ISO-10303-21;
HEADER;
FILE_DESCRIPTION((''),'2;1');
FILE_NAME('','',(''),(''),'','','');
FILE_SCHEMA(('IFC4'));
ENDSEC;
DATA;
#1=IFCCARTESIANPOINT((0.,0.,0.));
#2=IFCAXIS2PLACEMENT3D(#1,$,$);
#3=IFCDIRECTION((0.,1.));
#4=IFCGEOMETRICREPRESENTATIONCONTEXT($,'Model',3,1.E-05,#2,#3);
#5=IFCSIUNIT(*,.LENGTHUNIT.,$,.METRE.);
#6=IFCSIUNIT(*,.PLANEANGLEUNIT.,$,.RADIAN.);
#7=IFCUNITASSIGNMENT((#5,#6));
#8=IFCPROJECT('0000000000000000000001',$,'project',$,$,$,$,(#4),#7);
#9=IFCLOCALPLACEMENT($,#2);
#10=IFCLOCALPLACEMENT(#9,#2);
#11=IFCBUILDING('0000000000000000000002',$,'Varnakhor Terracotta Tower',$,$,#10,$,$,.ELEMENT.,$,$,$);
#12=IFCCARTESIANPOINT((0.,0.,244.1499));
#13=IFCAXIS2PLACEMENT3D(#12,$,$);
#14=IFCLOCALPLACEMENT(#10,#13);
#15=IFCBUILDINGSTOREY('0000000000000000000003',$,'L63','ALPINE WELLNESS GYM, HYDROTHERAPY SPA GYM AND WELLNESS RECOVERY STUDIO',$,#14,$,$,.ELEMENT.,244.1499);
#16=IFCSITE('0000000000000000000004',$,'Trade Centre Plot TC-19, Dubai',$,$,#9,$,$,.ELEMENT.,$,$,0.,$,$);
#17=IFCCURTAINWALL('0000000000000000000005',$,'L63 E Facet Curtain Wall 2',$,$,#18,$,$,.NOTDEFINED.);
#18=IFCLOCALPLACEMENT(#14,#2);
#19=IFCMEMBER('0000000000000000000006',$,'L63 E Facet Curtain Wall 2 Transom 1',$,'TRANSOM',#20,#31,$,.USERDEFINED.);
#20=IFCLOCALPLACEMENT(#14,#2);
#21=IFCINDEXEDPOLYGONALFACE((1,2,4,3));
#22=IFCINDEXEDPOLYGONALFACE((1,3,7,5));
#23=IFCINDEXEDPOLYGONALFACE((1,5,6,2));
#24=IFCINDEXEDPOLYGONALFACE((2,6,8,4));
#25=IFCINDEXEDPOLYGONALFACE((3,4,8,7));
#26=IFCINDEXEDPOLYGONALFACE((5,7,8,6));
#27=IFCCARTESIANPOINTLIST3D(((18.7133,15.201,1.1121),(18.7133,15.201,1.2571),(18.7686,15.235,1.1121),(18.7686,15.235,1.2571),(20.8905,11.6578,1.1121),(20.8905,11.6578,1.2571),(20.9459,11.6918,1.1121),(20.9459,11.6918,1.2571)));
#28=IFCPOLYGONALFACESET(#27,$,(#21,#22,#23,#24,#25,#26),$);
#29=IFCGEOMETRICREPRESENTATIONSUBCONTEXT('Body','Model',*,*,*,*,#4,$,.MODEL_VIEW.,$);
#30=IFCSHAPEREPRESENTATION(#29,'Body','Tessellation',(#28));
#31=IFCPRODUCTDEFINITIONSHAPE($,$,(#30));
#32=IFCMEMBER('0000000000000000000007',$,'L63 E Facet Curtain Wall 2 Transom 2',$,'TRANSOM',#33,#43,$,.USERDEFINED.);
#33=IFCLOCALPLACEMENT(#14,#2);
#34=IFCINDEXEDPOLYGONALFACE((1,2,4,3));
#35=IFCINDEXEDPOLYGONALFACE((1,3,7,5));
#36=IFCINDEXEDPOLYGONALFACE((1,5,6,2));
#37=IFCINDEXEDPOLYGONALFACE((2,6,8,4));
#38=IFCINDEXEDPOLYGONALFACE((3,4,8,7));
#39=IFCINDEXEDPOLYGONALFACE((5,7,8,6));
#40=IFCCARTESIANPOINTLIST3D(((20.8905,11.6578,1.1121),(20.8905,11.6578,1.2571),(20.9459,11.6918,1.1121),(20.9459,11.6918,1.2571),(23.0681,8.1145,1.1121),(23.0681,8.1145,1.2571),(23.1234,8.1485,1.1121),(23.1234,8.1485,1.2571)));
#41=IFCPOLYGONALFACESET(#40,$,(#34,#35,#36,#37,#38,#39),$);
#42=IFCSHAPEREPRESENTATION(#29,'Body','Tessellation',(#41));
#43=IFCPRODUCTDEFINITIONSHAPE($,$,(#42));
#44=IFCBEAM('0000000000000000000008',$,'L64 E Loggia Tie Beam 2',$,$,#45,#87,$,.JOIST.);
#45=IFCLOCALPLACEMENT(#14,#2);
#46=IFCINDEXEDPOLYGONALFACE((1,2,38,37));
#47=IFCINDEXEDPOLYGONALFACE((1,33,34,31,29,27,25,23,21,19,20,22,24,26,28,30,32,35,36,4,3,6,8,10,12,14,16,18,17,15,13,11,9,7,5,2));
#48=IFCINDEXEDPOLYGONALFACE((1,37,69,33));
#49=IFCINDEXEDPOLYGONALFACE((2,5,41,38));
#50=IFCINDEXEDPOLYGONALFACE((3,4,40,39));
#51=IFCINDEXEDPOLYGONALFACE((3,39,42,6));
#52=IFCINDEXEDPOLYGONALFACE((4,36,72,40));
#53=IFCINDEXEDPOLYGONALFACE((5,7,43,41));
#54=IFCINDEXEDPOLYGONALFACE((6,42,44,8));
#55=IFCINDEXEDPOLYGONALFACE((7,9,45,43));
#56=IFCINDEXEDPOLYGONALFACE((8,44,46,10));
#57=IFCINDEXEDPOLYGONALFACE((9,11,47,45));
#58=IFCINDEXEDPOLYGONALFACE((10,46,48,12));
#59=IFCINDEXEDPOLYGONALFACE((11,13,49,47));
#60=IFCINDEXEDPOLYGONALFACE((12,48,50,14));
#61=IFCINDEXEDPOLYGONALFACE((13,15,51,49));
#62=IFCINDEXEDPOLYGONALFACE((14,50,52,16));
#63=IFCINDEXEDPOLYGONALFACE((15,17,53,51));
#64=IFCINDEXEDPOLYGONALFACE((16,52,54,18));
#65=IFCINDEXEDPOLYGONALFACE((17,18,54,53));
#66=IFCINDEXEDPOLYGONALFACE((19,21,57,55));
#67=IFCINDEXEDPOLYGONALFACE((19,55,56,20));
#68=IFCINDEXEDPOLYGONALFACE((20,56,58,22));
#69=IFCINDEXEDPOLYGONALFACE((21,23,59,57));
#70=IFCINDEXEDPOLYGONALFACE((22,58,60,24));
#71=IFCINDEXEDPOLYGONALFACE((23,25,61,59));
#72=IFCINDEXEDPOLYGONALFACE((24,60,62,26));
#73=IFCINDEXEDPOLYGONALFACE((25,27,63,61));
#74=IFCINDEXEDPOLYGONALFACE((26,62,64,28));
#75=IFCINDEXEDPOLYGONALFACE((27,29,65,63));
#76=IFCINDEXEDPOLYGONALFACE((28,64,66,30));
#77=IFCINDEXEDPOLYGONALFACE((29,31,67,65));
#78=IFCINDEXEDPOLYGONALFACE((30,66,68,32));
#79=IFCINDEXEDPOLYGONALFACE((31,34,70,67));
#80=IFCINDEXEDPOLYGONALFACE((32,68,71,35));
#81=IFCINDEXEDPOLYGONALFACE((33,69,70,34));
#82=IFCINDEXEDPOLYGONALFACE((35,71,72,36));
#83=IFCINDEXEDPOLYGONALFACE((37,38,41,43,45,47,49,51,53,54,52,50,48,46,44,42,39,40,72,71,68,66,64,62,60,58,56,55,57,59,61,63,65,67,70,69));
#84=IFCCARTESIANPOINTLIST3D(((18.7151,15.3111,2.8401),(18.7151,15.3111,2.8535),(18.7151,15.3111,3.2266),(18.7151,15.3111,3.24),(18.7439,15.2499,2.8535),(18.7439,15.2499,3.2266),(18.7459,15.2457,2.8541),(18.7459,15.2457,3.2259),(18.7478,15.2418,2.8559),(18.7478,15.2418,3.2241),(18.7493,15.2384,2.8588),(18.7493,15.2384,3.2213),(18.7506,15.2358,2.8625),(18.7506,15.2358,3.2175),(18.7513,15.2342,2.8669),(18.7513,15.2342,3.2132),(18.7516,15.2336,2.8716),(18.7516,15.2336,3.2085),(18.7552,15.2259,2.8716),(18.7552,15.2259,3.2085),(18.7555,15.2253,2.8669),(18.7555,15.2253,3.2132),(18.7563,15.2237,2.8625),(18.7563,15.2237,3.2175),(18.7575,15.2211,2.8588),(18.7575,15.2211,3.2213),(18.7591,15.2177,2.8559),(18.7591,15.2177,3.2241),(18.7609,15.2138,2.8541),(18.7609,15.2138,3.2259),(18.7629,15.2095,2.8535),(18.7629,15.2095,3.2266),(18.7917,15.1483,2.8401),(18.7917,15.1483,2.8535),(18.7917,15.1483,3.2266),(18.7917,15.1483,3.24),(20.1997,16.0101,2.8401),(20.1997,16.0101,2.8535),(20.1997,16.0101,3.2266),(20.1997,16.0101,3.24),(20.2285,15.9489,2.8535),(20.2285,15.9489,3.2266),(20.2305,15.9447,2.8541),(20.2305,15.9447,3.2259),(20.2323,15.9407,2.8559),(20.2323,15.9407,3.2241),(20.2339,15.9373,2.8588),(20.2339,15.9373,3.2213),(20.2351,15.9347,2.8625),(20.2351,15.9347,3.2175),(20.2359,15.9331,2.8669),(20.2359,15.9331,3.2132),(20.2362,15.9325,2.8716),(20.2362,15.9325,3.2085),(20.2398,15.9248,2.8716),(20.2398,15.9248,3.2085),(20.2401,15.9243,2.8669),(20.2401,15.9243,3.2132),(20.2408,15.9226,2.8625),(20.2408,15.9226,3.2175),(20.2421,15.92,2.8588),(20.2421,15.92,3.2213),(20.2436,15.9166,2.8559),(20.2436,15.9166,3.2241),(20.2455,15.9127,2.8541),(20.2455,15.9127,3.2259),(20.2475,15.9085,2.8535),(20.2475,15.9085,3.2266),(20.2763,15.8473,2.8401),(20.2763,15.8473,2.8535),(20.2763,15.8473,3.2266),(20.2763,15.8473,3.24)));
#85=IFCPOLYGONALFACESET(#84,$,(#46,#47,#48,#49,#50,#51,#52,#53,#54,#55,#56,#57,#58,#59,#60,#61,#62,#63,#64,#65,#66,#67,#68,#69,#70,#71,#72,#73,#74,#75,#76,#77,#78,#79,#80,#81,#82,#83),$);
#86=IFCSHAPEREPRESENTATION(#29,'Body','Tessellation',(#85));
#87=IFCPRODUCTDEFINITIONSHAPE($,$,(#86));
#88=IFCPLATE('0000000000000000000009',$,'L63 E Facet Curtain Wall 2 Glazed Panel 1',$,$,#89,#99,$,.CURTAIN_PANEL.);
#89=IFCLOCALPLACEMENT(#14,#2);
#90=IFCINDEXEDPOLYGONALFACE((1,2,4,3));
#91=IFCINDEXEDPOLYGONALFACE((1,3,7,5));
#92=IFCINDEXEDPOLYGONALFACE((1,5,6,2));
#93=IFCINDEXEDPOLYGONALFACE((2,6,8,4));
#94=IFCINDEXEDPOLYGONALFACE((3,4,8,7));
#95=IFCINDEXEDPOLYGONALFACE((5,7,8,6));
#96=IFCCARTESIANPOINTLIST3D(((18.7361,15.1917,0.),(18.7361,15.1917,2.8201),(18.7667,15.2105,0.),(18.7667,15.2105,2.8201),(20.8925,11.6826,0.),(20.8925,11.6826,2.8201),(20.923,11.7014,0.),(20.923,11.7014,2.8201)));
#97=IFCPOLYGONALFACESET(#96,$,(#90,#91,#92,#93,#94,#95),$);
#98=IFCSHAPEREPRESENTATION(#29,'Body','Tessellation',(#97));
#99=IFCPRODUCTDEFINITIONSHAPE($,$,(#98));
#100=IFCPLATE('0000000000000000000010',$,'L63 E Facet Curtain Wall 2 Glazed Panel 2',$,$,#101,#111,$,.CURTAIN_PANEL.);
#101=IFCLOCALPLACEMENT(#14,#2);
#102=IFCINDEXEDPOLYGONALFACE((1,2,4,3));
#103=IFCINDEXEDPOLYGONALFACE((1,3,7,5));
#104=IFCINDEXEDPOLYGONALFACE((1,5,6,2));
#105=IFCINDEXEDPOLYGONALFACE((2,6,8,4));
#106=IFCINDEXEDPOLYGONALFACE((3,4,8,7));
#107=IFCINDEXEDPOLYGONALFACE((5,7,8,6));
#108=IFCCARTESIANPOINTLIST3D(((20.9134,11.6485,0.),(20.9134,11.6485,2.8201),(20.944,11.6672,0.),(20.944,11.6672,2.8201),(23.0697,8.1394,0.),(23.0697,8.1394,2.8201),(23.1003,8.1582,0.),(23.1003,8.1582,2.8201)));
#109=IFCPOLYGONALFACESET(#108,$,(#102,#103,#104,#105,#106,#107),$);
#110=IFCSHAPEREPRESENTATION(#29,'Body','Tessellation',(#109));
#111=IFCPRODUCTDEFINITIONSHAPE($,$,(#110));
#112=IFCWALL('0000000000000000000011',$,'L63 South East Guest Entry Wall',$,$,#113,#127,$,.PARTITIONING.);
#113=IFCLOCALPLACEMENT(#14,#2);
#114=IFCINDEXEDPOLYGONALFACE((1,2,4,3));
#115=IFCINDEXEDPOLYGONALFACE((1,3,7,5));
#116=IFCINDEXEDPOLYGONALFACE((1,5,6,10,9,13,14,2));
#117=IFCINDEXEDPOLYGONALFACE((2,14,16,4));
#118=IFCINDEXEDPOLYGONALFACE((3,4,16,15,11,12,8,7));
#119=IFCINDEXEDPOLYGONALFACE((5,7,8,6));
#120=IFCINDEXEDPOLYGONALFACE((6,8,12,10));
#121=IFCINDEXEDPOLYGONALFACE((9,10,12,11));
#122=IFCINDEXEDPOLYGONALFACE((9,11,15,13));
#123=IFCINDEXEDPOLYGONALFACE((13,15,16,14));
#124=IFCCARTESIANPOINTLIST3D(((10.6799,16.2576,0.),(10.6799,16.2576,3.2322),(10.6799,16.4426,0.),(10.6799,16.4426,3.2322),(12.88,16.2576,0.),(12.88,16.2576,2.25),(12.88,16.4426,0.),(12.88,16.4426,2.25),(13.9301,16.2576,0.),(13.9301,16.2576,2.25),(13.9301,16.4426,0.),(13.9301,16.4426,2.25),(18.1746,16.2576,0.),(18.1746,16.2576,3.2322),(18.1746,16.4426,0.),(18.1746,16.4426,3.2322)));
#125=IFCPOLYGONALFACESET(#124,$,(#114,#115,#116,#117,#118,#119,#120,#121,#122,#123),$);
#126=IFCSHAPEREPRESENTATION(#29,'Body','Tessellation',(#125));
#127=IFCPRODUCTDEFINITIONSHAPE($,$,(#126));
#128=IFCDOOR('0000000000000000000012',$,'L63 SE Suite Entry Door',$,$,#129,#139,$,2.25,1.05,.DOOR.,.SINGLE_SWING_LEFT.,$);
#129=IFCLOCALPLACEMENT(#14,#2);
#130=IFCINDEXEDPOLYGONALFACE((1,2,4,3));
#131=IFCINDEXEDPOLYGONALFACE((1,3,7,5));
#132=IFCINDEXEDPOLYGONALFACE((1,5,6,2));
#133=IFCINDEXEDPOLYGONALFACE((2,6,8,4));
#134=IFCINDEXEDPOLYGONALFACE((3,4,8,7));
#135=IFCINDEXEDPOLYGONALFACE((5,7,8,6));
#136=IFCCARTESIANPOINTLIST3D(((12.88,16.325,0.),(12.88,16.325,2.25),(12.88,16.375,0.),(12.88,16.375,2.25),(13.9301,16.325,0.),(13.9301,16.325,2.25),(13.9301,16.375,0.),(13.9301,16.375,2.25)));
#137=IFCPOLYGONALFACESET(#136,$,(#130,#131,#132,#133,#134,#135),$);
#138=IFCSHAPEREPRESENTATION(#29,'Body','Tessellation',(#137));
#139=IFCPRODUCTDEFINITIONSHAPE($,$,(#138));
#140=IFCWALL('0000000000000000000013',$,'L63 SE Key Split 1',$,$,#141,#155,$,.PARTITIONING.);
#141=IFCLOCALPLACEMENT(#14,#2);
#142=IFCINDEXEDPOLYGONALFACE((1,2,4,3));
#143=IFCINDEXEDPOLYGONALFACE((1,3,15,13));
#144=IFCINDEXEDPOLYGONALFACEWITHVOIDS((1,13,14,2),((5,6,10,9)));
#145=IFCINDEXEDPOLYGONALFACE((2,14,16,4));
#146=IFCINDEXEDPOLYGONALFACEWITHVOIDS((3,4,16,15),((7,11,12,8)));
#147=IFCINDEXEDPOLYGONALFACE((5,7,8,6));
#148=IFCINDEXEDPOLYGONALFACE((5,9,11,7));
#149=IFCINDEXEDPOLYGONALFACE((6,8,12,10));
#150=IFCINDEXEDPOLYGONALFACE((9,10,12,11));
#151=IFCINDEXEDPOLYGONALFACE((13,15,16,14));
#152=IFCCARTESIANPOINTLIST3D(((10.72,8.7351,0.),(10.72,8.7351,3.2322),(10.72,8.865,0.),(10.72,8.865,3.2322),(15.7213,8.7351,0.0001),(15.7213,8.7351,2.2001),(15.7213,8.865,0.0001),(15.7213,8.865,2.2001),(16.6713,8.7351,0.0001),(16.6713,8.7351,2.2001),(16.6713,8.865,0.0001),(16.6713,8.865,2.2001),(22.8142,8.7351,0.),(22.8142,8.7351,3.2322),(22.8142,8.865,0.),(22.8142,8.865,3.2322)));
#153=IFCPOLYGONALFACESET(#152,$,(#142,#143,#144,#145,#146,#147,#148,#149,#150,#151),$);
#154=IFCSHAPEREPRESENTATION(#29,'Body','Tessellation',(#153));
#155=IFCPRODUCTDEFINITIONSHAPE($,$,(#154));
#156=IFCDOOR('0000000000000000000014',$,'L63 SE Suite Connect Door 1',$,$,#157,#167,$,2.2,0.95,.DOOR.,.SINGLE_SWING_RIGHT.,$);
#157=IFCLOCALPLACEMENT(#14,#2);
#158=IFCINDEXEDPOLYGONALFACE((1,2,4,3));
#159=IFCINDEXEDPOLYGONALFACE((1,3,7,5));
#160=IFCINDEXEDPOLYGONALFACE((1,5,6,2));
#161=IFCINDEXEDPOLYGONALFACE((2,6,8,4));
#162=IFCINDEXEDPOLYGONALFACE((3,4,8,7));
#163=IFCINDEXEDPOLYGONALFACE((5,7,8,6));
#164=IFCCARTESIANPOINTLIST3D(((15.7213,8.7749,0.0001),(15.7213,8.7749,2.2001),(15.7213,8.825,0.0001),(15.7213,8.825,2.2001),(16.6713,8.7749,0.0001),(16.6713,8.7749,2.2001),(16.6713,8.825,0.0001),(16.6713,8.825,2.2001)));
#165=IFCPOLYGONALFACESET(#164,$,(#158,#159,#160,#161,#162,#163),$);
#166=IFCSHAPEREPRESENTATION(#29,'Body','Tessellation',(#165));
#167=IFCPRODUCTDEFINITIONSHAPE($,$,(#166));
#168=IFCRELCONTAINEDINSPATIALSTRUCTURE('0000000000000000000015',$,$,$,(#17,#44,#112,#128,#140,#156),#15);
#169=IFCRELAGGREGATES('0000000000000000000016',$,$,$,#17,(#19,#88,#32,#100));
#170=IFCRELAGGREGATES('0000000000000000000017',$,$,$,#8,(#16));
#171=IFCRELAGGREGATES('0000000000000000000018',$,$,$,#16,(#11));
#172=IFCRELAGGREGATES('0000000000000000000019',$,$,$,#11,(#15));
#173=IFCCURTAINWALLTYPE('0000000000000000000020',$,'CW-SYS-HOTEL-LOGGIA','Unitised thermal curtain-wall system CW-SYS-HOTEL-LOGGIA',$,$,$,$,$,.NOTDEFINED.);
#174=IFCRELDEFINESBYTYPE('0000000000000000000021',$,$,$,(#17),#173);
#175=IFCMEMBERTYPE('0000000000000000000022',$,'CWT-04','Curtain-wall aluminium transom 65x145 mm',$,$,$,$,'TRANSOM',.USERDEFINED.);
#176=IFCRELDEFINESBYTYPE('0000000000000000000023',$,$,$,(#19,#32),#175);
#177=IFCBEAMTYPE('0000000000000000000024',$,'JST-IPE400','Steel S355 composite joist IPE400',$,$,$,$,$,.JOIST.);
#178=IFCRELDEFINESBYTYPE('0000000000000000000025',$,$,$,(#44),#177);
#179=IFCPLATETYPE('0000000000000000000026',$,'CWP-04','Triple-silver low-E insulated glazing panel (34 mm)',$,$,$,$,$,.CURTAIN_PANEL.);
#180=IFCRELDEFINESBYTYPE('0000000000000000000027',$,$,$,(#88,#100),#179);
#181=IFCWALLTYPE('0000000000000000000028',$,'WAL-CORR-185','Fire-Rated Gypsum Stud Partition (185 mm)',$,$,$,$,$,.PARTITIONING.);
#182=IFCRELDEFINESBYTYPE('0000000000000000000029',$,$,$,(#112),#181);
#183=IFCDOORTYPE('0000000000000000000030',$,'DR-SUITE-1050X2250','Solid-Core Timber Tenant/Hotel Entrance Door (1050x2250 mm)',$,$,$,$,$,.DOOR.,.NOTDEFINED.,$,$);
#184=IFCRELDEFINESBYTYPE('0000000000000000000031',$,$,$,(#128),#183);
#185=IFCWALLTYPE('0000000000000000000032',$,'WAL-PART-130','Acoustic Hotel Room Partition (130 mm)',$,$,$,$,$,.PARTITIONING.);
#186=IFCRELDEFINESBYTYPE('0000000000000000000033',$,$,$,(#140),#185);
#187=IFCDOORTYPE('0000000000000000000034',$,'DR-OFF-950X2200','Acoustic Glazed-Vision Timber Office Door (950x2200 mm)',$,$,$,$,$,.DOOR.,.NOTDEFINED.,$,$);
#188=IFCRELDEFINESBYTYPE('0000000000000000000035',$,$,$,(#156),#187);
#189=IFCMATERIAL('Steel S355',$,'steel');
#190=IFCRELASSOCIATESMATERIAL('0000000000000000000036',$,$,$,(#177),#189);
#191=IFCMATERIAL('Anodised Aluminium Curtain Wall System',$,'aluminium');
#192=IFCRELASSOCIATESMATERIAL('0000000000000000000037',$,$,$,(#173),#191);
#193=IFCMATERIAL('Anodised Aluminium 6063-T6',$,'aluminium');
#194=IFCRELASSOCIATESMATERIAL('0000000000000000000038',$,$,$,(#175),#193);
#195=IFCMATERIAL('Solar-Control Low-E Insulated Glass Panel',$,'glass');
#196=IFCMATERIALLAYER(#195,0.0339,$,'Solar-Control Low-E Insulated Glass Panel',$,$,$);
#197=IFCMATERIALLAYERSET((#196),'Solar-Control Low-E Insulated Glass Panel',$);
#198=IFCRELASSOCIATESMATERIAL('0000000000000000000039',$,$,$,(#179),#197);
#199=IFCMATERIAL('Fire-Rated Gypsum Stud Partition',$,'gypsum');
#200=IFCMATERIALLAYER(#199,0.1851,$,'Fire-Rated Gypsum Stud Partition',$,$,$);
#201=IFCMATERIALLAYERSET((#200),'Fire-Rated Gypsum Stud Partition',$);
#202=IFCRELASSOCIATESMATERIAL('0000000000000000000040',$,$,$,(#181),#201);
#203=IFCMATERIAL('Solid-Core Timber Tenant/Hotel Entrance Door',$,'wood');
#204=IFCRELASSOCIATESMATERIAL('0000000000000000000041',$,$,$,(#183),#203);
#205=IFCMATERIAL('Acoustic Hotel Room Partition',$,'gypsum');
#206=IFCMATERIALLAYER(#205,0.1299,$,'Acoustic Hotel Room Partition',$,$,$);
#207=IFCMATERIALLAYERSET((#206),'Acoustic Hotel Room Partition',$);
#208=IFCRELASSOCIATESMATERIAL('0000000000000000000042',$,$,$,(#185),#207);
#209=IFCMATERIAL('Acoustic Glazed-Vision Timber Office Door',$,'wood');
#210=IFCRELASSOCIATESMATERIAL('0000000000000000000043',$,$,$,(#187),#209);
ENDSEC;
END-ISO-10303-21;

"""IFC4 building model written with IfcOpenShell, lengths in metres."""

from ifc_helpers import new_model, si_unit, direction, frame, frame_2d, origin, origin_2d, place, context, subcontext, project, spatial, rectangle, i_section, extrude, source, transform, mapped, material, layer, layer_set, material_profile, profile_set, type_object, type_shapes, element, fill, aggregate, save


model = new_model("IFC4")

# Units and contexts
model_context = context("Model", 3, precision=1e-05, world=origin(), true_north=direction((0.0, 1.0)))
body_context = subcontext(model_context, "Body", "Model", "MODEL_VIEW")
ifc_project = project(units=[si_unit("LENGTHUNIT", "METRE"), si_unit("PLANEANGLEUNIT", "RADIAN")], contexts=[model_context])

# Site, building, storey
site_placement = place(None, origin())
site = spatial("IfcSite", under=ifc_project, at=site_placement, Name="Trade Centre Plot TC-19, Dubai", CompositionType="ELEMENT", RefElevation=0.0)
building_placement = place(site_placement, origin())
building = spatial("IfcBuilding", under=site, at=building_placement, Name="Varnakhor Terracotta Tower", CompositionType="ELEMENT")
storey_placement = place(building_placement, frame((0.0, 0.0, 244.1499)))
storey = spatial("IfcBuildingStorey", under=building, at=storey_placement, Name="L63", Description="ALPINE WELLNESS GYM, HYDROTHERAPY SPA GYM AND WELLNESS RECOVERY STUDIO", CompositionType="ELEMENT", Elevation=244.1499)

# Shared definitions
ifc_material_1 = material(Name="Steel S355", Category="steel")
ifc_material_profile_1 = material_profile(ifc_material_1, i_section(OverallWidth=0.1799, OverallDepth=0.3999, WebThickness=0.0085, FlangeThickness=0.0134, FilletRadius=0.0181, at=origin_2d()), Name="IPE400")
ifc_profile_set_1 = profile_set([ifc_material_profile_1], Name="Steel S355")
beam_type_1 = type_object("IfcBeamType", Name="JST-IPE400", Description="Steel S355 composite joist IPE400", PredefinedType="JOIST", material=ifc_profile_set_1)

# Curtain wall, members
ifc_material_2 = material(Name="Anodised Aluminium Curtain Wall System", Category="aluminium")
curtain_wall_type = type_object("IfcCurtainWallType", Name="CW-SYS-HOTEL-LOGGIA", Description="Unitised thermal curtain-wall system CW-SYS-HOTEL-LOGGIA", PredefinedType="NOTDEFINED", material=ifc_material_2)
curtain_wall_placement = place(storey_placement, origin())
curtain_wall = element("IfcCurtainWall", 1, at=curtain_wall_placement, inside=storey, type_object=curtain_wall_type, Name="L63 E Facet Curtain Wall 2", PredefinedType="NOTDEFINED")
ifc_material_3 = material(Name="Anodised Aluminium 6063-T6", Category="aluminium")
ifc_material_profile_2 = material_profile(ifc_material_3, rectangle(XDim=0.0649, YDim=0.145, at=origin_2d()), Name="ALU TRANSOM 65x145")
ifc_profile_set_2 = profile_set([ifc_material_profile_2], Name="Anodised Aluminium 6063-T6")
member_type_1 = type_object("IfcMemberType", Name="CWT-04", Description="Curtain-wall aluminium transom 65x145 mm", ElementType="TRANSOM", PredefinedType="USERDEFINED", material=ifc_profile_set_2)
shared_shape_1 = source(origin(), body_context, "Body", "SweptSolid", [
    extrude(rectangle(XDim=0.0649, YDim=0.145, at=origin_2d()), origin(), (0.0, 0.0, 1.0), 4.1587),
])
member_1_placement = place(storey_placement, frame((18.741, 15.218, 1.1846), z_axis=(0.52354, -0.852001, 0.0), x_axis=(0.852001, 0.52354, 0.0)))
member_1 = element("IfcMember", 2, at=member_1_placement, type_object=member_type_1, Name="L63 E Facet Curtain Wall 2 Transom 1", ObjectType="TRANSOM", PredefinedType="USERDEFINED", context=body_context, shape_type="MappedRepresentation", body=[
    mapped(shared_shape_1, transform((0.0, 0.0, 0.0), scale=1.0)),
])
shared_shape_2 = source(origin(), body_context, "Body", "SweptSolid", [
    extrude(rectangle(XDim=0.0649, YDim=0.145, at=origin_2d()), origin(), (0.0, 0.0, 1.0), 4.1589),
])
member_2_placement = place(storey_placement, frame((20.9182, 11.6748, 1.1846), z_axis=(0.523583, -0.851975, 0.0), x_axis=(0.851975, 0.523583, 0.0)))
member_2 = element("IfcMember", 3, at=member_2_placement, type_object=member_type_1, Name="L63 E Facet Curtain Wall 2 Transom 2", ObjectType="TRANSOM", PredefinedType="USERDEFINED", context=body_context, shape_type="MappedRepresentation", body=[
    mapped(shared_shape_2, transform((0.0, 0.0, 0.0), scale=1.0)),
])

# Beam
shared_shape_3 = source(origin(), body_context, "Body", "SweptSolid", [
    extrude(i_section(OverallWidth=0.1799, OverallDepth=0.3999, WebThickness=0.0085, FlangeThickness=0.0134, FilletRadius=0.0181, at=origin_2d()), origin(), (0.0, 0.0, 1.0), 1.6409),
])
beam_1_placement = place(storey_placement, frame((18.7534, 15.2297, 3.04), z_axis=(0.904741, 0.425962, 0.0), x_axis=(-0.425962, 0.904741, 0.0)))
element("IfcBeam", 4, at=beam_1_placement, inside=storey, type_object=beam_type_1, Name="L64 E Loggia Tie Beam 2", PredefinedType="JOIST", context=body_context, shape_type="MappedRepresentation", body=[
    mapped(shared_shape_3, transform((0.0, 0.0, 0.0), scale=1.0)),
])

# Plates
ifc_material_4 = material(Name="Solar-Control Low-E Insulated Glass Panel", Category="glass")
ifc_layer_1 = layer(ifc_material_4, 0.0339, Name="Solar-Control Low-E Insulated Glass Panel")
ifc_layer_set_1 = layer_set([ifc_layer_1], Name="Solar-Control Low-E Insulated Glass Panel")
plate_type = type_object("IfcPlateType", Name="CWP-04", Description="Triple-silver low-E insulated glazing panel (34 mm)", PredefinedType="CURTAIN_PANEL", material=ifc_layer_set_1)
shared_shape_4 = source(origin(), body_context, "Body", "SweptSolid", [
    extrude(rectangle(XDim=4.1187, YDim=0.0359, at=origin_2d()), origin(), (0.0, 0.0, 1.0), 2.8201),
])
plate_1_placement = place(storey_placement, frame((19.8296, 13.4465, 0.0), z_axis=(0.0, 0.0, 1.0), x_axis=(0.523555, -0.851992, 0.0)))
plate_1 = element("IfcPlate", 5, at=plate_1_placement, type_object=plate_type, Name="L63 E Facet Curtain Wall 2 Glazed Panel 1", PredefinedType="CURTAIN_PANEL", context=body_context, shape_type="MappedRepresentation", body=[
    mapped(shared_shape_4, transform((0.0, 0.0, 0.0), scale=1.0)),
])
plate_2_placement = place(storey_placement, frame((22.0068, 9.9033, 0.0), z_axis=(0.0, 0.0, 1.0), x_axis=(0.523555, -0.851992, 0.0)))
plate_2 = element("IfcPlate", 6, at=plate_2_placement, type_object=plate_type, Name="L63 E Facet Curtain Wall 2 Glazed Panel 2", PredefinedType="CURTAIN_PANEL", context=body_context, shape_type="MappedRepresentation", body=[
    mapped(shared_shape_4, transform((0.0, 0.0, 0.0), scale=1.0)),
])
aggregate(curtain_wall, [member_1, plate_1, member_2, plate_2])

# Walls, openings, doors
ifc_material_5 = material(Name="Fire-Rated Gypsum Stud Partition", Category="gypsum")
ifc_layer_2 = layer(ifc_material_5, 0.1851, Name="Fire-Rated Gypsum Stud Partition")
ifc_layer_set_2 = layer_set([ifc_layer_2], Name="Fire-Rated Gypsum Stud Partition")
wall_type_1 = type_object("IfcWallType", Name="WAL-CORR-185", Description="Fire-Rated Gypsum Stud Partition (185 mm)", PredefinedType="PARTITIONING", material=ifc_layer_set_2)
wall_1_placement = place(storey_placement, frame((10.6799, 16.3501, 0.0), z_axis=(0.0, 0.0, 1.0), x_axis=(1.0, 0.0, 0.0)))
wall_1 = element("IfcWall", 7, at=wall_1_placement, inside=storey, type_object=wall_type_1, Name="L63 South East Guest Entry Wall", PredefinedType="PARTITIONING", context=body_context, shape_type="SweptSolid", body=[
    extrude(rectangle(XDim=7.4946, YDim=0.1851, at=frame_2d((3.7473, 0.0))), origin(), (0.0, 0.0, 1.0), 3.2322),
])
opening_1_placement = place(wall_1_placement, frame((2.2002, 0.0, 0.0)))
opening_1 = element("IfcOpeningElement", 8, at=opening_1_placement, cuts=wall_1, PredefinedType="OPENING", context=body_context, shape_type="SweptSolid", body=[
    extrude(rectangle(XDim=1.05, YDim=2.25, at=frame_2d((0.5249, 1.125))), frame((0.0, 0.1025, 0.0), z_axis=(0.0, -1.0, 0.0), x_axis=(1.0, 0.0, 0.0)), (0.0, 0.0, 1.0), 0.2051),
])
ifc_material_6 = material(Name="Solid-Core Timber Tenant/Hotel Entrance Door", Category="wood")
door_type_1 = type_object("IfcDoorType", Name="DR-SUITE-1050X2250", Description="Solid-Core Timber Tenant/Hotel Entrance Door (1050x2250 mm)", OperationType="NOTDEFINED", PredefinedType="DOOR", material=ifc_material_6)
shared_shape_5 = source(origin(), body_context, "Body", "SweptSolid", [
    extrude(rectangle(XDim=1.05, YDim=2.25, at=frame_2d((0.5249, 1.125))), frame((0.0, 0.0249, 0.0), z_axis=(0.0, -1.0, 0.0), x_axis=(1.0, 0.0, 0.0)), (0.0, 0.0, 1.0), 0.05),
])
type_shapes(door_type_1, [shared_shape_5])
door_1_placement = place(opening_1_placement, origin())
door_1 = element("IfcDoor", 9, at=door_1_placement, inside=storey, type_object=door_type_1, Name="L63 SE Suite Entry Door", OperationType="SINGLE_SWING_LEFT", OverallHeight=2.25, OverallWidth=1.05, PredefinedType="DOOR", context=body_context, shape_type="MappedRepresentation", body=[
    mapped(shared_shape_5, transform((0.0, 0.0, 0.0), scale=1.0)),
])
fill(opening_1, door_1)
ifc_material_7 = material(Name="Acoustic Hotel Room Partition", Category="gypsum")
ifc_layer_3 = layer(ifc_material_7, 0.1299, Name="Acoustic Hotel Room Partition")
ifc_layer_set_3 = layer_set([ifc_layer_3], Name="Acoustic Hotel Room Partition")
wall_type_2 = type_object("IfcWallType", Name="WAL-PART-130", Description="Acoustic Hotel Room Partition (130 mm)", PredefinedType="PARTITIONING", material=ifc_layer_set_3)
wall_2_placement = place(storey_placement, frame((10.72, 8.8, 0.0), z_axis=(0.0, 0.0, 1.0), x_axis=(1.0, 0.0, 0.0)))
wall_2 = element("IfcWall", 10, at=wall_2_placement, inside=storey, type_object=wall_type_2, Name="L63 SE Key Split 1", PredefinedType="PARTITIONING", context=body_context, shape_type="SweptSolid", body=[
    extrude(rectangle(XDim=12.0942, YDim=0.1299, at=frame_2d((6.0471, 0.0))), origin(), (0.0, 0.0, 1.0), 3.2322),
])
opening_2_placement = place(wall_2_placement, frame((5.0012, 0.0, 0.0)))
opening_2 = element("IfcOpeningElement", 11, at=opening_2_placement, cuts=wall_2, PredefinedType="OPENING", context=body_context, shape_type="SweptSolid", body=[
    extrude(rectangle(XDim=0.95, YDim=2.2, at=frame_2d((0.4751, 1.1001))), frame((0.0, 0.075, 0.0), z_axis=(0.0, -1.0, 0.0), x_axis=(1.0, 0.0, 0.0)), (0.0, 0.0, 1.0), 0.1499),
])
ifc_material_8 = material(Name="Acoustic Glazed-Vision Timber Office Door", Category="wood")
door_type_2 = type_object("IfcDoorType", Name="DR-OFF-950X2200", Description="Acoustic Glazed-Vision Timber Office Door (950x2200 mm)", OperationType="NOTDEFINED", PredefinedType="DOOR", material=ifc_material_8)
shared_shape_6 = source(origin(), body_context, "Body", "SweptSolid", [
    extrude(rectangle(XDim=0.95, YDim=2.2, at=frame_2d((0.4751, 1.1001))), frame((0.0, 0.0249, 0.0), z_axis=(0.0, -1.0, 0.0), x_axis=(1.0, 0.0, 0.0)), (0.0, 0.0, 1.0), 0.05),
])
type_shapes(door_type_2, [shared_shape_6])
door_2_placement = place(opening_2_placement, origin())
door_2 = element("IfcDoor", 12, at=door_2_placement, inside=storey, type_object=door_type_2, Name="L63 SE Suite Connect Door 1", OperationType="SINGLE_SWING_RIGHT", OverallHeight=2.2, OverallWidth=0.95, PredefinedType="DOOR", context=body_context, shape_type="MappedRepresentation", body=[
    mapped(shared_shape_6, transform((0.0, 0.0, 0.0), scale=1.0)),
])
fill(opening_2, door_2)

save(model, "model.ifc")
